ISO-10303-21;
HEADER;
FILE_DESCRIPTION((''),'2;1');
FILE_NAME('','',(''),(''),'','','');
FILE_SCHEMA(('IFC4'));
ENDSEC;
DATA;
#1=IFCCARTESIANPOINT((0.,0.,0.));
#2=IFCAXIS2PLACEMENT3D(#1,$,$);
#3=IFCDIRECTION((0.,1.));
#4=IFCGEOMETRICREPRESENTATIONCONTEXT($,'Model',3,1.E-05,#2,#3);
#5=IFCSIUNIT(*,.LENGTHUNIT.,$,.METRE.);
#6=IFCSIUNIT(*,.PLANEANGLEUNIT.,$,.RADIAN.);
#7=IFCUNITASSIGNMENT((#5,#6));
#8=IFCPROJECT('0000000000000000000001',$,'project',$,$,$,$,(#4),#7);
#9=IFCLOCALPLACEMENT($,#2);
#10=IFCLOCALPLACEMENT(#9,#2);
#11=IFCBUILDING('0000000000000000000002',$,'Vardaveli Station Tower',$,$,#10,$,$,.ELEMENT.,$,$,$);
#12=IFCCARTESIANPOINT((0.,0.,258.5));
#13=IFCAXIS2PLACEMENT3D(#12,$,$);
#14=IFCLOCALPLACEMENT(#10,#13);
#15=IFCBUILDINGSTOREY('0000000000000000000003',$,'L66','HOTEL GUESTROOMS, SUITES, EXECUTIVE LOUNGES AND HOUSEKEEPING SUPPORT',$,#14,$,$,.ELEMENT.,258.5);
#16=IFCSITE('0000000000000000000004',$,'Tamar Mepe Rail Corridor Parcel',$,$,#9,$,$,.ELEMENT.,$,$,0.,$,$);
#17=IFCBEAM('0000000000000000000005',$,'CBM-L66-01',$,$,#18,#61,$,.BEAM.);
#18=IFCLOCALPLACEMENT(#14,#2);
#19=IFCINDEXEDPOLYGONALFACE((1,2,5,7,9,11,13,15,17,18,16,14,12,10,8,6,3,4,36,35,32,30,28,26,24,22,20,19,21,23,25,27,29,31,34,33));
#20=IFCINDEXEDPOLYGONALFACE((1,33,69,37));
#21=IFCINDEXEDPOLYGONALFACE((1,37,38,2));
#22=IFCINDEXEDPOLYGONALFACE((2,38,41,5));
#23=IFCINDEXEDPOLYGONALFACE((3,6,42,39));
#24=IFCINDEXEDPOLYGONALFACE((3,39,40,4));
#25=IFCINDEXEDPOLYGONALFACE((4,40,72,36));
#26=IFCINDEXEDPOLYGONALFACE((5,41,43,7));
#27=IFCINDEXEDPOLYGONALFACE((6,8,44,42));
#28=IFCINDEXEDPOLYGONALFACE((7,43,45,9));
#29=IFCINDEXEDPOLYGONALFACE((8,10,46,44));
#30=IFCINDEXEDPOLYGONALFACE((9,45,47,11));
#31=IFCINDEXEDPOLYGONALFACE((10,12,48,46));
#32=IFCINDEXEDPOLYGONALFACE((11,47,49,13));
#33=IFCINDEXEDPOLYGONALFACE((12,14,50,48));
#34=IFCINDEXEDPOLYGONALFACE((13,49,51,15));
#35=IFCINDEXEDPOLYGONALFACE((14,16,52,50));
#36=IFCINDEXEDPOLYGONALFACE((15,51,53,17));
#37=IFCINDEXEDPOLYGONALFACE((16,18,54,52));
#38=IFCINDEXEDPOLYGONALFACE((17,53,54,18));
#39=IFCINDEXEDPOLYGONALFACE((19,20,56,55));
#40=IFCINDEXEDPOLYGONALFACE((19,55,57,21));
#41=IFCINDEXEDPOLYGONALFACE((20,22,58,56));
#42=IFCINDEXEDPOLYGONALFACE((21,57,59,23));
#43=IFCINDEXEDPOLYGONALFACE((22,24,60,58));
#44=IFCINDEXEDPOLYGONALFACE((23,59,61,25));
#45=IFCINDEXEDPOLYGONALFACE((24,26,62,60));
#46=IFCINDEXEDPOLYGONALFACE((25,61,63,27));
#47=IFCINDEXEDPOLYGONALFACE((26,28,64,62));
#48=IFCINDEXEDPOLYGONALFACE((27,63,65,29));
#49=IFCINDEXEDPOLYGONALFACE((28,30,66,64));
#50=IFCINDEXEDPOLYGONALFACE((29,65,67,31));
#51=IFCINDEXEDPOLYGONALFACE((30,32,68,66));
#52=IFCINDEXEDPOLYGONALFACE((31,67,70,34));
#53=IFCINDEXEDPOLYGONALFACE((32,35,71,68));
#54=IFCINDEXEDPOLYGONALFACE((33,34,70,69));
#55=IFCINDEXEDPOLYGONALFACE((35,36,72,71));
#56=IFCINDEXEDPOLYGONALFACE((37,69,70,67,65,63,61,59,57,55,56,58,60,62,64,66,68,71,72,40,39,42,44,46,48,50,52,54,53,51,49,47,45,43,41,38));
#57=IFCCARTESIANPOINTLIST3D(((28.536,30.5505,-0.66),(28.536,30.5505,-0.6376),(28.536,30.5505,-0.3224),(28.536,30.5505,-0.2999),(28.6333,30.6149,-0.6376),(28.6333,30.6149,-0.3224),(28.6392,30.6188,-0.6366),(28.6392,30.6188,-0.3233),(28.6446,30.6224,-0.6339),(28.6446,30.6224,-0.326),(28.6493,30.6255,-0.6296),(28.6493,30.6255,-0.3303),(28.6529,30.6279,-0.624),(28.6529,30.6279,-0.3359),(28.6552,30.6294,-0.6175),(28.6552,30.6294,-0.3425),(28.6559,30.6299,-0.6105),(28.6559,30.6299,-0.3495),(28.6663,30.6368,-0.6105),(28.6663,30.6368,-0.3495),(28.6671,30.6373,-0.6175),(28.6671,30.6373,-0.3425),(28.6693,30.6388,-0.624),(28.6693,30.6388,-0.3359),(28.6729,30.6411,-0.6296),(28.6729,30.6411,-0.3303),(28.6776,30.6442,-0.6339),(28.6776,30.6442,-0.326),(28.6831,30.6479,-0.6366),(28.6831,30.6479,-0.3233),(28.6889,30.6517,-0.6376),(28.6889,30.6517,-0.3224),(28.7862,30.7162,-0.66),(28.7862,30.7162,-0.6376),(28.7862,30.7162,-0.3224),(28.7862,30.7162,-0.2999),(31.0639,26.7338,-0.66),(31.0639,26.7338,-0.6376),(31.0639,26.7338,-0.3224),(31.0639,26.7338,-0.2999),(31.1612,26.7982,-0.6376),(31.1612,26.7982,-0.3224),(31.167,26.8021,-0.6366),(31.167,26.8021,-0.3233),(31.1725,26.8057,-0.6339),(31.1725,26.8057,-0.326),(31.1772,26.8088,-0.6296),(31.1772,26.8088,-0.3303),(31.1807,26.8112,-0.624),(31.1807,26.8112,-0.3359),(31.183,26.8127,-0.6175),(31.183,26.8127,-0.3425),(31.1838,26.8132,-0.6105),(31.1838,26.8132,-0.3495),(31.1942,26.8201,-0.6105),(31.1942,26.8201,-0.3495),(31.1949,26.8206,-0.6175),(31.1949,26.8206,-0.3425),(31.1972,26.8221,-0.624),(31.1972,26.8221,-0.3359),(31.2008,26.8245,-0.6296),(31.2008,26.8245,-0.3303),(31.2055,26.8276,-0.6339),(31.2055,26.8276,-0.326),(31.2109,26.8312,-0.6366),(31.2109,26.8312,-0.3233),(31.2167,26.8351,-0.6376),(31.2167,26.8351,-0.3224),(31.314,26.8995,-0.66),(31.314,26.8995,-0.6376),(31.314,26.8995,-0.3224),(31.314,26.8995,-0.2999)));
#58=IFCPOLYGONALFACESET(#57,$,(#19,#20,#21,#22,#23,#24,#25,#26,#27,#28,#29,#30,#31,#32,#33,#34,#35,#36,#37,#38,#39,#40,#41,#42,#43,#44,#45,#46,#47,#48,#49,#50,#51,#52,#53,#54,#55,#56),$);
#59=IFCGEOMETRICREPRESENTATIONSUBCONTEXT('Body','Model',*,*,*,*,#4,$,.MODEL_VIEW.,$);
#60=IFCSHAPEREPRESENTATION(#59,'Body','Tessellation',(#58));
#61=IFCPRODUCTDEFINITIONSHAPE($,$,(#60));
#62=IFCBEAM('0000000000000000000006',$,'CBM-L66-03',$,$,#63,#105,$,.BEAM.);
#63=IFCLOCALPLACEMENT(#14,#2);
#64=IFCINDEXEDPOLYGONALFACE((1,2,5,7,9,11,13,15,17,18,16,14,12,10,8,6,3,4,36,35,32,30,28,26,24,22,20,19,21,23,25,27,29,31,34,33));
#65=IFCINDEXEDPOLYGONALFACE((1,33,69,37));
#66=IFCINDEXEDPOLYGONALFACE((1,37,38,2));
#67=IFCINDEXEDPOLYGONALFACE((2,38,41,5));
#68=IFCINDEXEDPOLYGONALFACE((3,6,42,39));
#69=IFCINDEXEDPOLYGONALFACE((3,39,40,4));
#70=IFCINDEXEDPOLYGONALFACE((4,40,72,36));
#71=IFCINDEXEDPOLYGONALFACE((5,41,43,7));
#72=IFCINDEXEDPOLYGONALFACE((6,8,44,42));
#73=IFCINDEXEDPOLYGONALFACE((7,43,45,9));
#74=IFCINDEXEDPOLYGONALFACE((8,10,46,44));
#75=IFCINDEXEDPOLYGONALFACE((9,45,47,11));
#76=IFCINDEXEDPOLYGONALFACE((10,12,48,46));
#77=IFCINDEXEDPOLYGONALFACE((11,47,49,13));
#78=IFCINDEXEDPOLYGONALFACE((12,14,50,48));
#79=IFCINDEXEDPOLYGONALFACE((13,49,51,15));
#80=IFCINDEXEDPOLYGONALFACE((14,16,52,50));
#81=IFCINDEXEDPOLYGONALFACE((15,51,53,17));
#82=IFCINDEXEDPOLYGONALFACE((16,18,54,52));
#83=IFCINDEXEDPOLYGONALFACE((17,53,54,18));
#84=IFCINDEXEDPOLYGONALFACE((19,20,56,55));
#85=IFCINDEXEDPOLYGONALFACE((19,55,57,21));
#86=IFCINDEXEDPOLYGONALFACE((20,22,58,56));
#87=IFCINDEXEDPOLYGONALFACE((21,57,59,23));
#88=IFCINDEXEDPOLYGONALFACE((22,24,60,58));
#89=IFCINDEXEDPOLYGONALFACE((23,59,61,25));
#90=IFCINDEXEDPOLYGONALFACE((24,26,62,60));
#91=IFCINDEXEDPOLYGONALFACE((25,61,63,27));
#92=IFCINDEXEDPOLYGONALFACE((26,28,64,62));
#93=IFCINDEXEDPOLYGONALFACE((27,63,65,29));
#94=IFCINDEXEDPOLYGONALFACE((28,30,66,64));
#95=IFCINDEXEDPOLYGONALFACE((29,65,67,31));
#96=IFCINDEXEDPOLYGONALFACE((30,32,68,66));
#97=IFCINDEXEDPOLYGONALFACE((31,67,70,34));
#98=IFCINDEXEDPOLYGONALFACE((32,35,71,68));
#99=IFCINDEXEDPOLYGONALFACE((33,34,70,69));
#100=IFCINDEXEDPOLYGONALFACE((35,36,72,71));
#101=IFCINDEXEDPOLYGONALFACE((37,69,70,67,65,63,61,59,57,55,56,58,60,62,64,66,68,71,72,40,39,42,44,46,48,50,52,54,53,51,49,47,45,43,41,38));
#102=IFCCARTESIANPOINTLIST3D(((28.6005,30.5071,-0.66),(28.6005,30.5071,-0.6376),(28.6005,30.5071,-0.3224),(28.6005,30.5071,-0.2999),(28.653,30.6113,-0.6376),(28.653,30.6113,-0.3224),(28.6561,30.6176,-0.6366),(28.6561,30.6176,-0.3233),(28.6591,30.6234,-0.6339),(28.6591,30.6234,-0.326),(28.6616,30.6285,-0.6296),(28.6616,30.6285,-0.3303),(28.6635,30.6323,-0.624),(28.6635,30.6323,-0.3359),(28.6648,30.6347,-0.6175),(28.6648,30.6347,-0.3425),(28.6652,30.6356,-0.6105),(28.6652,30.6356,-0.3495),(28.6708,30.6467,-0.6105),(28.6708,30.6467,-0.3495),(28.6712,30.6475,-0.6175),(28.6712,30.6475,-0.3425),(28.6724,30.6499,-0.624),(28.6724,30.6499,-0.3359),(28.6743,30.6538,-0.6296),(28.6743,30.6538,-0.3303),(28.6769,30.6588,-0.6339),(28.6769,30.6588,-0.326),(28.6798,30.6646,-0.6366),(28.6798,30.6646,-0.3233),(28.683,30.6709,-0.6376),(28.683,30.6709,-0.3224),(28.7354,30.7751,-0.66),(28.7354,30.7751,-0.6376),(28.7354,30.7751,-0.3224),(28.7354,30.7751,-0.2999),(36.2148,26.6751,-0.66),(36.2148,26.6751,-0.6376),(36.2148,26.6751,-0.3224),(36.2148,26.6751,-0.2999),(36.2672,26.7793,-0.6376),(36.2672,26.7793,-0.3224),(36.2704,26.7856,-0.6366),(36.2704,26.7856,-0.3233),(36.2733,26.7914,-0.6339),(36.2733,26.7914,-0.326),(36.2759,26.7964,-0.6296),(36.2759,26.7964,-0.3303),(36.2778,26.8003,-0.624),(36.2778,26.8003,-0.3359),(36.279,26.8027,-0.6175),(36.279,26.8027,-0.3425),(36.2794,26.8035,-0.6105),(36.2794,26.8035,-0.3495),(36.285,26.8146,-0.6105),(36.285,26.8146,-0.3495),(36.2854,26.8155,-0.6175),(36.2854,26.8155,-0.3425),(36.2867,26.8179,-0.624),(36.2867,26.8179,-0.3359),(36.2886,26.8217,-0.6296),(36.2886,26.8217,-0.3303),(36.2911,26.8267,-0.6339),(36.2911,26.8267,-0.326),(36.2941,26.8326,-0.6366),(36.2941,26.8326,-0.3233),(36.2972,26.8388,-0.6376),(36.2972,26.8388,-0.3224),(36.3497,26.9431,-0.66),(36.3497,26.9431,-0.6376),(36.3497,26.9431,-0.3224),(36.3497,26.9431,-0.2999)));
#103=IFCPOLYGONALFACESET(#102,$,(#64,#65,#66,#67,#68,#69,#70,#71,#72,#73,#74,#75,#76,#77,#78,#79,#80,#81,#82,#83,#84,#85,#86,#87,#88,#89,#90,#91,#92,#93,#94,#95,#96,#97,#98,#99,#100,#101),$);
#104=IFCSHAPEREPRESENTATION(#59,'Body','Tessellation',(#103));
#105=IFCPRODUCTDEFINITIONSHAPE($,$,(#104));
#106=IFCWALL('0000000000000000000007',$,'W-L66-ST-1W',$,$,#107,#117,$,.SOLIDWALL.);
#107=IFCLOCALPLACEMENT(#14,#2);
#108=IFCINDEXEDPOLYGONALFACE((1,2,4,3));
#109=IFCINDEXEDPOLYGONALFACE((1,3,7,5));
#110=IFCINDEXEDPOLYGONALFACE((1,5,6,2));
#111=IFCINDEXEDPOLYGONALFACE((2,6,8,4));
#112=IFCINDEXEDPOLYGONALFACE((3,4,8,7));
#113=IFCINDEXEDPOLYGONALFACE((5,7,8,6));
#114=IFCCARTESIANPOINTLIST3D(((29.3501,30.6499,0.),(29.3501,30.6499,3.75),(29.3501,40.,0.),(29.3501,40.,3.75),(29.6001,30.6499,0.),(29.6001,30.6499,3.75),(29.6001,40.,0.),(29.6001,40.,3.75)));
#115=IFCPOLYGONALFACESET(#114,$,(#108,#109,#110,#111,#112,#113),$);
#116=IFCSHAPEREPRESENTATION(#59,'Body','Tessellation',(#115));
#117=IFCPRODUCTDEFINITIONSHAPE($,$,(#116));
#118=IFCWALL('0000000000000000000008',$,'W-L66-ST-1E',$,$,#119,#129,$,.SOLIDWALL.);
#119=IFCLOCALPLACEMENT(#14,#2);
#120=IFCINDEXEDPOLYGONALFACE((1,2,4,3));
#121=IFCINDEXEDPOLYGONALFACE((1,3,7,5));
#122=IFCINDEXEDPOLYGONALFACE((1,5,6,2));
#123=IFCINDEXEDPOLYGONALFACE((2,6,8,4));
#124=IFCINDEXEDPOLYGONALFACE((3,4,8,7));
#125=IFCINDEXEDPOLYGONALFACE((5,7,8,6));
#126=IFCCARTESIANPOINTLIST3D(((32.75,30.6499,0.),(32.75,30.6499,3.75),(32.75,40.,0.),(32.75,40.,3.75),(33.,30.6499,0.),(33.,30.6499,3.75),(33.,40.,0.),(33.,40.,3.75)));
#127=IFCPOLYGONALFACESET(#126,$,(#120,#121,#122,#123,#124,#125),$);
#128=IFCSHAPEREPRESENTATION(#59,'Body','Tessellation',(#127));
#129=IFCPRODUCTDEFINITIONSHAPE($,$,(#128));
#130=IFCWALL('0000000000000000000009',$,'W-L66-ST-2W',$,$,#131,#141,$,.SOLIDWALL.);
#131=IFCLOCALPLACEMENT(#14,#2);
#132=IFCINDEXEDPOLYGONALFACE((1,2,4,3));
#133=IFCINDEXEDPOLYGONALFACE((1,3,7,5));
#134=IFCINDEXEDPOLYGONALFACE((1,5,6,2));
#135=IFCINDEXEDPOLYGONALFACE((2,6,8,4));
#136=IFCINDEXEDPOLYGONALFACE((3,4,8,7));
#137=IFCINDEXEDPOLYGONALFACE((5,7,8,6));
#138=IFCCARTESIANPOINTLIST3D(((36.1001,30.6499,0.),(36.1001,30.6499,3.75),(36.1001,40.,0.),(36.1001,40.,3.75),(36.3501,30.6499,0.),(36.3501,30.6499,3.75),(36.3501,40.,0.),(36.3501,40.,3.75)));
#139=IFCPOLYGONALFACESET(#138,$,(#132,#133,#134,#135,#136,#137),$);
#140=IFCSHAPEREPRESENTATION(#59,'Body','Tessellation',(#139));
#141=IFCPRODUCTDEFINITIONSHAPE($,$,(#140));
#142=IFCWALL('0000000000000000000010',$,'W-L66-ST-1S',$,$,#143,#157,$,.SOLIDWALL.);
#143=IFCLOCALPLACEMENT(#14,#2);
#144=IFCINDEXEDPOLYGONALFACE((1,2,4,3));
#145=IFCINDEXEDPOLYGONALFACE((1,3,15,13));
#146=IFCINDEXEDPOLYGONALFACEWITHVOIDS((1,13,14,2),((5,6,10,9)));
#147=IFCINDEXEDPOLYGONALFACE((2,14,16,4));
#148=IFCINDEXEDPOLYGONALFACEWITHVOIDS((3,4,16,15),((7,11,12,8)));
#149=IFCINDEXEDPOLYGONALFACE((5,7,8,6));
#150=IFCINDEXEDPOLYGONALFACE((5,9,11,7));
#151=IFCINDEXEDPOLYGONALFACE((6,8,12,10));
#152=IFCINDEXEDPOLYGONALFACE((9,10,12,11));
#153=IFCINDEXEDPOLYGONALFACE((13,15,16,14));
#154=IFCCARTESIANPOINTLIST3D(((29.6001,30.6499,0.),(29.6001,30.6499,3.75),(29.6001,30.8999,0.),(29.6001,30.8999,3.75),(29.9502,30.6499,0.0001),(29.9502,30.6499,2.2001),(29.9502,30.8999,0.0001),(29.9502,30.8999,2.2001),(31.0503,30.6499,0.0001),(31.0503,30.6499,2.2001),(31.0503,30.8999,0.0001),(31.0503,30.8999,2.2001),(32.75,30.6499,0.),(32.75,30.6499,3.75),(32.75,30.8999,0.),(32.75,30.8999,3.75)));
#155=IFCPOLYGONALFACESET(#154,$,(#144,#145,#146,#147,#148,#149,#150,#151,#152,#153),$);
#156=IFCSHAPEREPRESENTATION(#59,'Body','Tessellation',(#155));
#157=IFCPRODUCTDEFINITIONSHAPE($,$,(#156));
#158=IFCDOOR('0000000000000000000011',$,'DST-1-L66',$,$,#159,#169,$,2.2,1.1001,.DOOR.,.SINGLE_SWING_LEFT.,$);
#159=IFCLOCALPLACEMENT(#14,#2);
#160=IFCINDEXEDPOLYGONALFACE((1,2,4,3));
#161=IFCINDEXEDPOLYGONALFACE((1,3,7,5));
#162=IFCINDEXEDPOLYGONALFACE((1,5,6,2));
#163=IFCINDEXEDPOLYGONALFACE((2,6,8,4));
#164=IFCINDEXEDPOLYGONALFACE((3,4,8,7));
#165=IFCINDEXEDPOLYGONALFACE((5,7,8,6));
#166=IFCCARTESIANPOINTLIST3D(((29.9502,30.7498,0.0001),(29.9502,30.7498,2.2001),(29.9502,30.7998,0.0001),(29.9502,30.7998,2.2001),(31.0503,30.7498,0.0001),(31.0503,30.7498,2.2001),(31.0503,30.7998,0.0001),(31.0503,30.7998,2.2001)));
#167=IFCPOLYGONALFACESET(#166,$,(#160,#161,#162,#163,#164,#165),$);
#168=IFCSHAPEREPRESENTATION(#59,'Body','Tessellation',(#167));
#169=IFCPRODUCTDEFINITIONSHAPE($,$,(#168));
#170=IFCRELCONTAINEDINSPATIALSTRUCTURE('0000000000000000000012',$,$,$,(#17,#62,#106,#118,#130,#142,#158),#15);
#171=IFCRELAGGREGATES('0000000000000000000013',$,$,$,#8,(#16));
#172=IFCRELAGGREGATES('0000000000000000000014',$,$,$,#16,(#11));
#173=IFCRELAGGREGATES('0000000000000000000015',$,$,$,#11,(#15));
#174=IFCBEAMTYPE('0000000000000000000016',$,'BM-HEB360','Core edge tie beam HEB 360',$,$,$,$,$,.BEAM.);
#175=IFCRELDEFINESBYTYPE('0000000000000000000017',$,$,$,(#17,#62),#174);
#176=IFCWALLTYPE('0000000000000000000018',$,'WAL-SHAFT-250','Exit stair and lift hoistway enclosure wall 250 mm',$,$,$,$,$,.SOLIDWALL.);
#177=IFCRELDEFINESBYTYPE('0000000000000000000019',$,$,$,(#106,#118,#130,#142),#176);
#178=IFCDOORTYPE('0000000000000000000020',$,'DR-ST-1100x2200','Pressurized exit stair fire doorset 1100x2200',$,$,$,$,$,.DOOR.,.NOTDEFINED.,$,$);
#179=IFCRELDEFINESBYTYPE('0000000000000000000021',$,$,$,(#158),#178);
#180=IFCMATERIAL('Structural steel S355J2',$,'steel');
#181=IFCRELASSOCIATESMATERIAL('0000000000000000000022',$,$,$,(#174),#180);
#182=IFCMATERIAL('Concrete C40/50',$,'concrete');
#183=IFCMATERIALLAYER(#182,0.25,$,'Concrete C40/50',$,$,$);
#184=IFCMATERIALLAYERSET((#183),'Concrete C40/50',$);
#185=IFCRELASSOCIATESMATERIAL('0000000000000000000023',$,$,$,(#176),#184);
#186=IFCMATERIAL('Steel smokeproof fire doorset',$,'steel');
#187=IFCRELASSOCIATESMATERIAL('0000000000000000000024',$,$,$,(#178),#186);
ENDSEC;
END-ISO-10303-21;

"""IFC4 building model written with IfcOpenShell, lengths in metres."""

from ifc_helpers import new_model, si_unit, direction, frame, frame_2d, origin, origin_2d, place, context, subcontext, project, spatial, rectangle, i_section, extrude, source, transform, mapped, material, layer, layer_set, material_profile, profile_set, type_object, element, fill, save


model = new_model("IFC4")

# Units and contexts
model_context = context("Model", 3, precision=1e-05, world=origin(), true_north=direction((0.0, 1.0)))
body_context = subcontext(model_context, "Body", "Model", "MODEL_VIEW")
ifc_project = project(units=[si_unit("LENGTHUNIT", "METRE"), si_unit("PLANEANGLEUNIT", "RADIAN")], contexts=[model_context])

# Site, building, storey
site_placement = place(None, origin())
site = spatial("IfcSite", under=ifc_project, at=site_placement, Name="Tamar Mepe Rail Corridor Parcel", CompositionType="ELEMENT", RefElevation=0.0)
building_placement = place(site_placement, origin())
building = spatial("IfcBuilding", under=site, at=building_placement, Name="Vardaveli Station Tower", CompositionType="ELEMENT")
storey_placement = place(building_placement, frame((0.0, 0.0, 258.5)))
storey = spatial("IfcBuildingStorey", under=building, at=storey_placement, Name="L66", Description="HOTEL GUESTROOMS, SUITES, EXECUTIVE LOUNGES AND HOUSEKEEPING SUPPORT", CompositionType="ELEMENT", Elevation=258.5)

# Beams
ifc_material_1 = material(Name="Structural steel S355J2", Category="steel")
ifc_material_profile_1 = material_profile(ifc_material_1, i_section(OverallWidth=0.3, OverallDepth=0.3601, WebThickness=0.0125, FlangeThickness=0.0225, FilletRadius=0.0271, at=origin_2d()), Name="HEB 360")
ifc_profile_set_1 = profile_set([ifc_material_profile_1], Name="Structural steel S355J2")
beam_type_1 = type_object("IfcBeamType", Name="BM-HEB360", Description="Core edge tie beam HEB 360", PredefinedType="BEAM", material=ifc_profile_set_1)
shared_shape_1 = source(origin(), body_context, "Body", "SweptSolid", [
    extrude(i_section(OverallWidth=0.3, OverallDepth=0.3601, WebThickness=0.0125, FlangeThickness=0.0225, FilletRadius=0.0271, at=origin_2d()), origin(), (0.0, 0.0, 1.0), 4.5779),
])
beam_1_placement = place(storey_placement, frame((31.189, 26.8167, -0.48), z_axis=(-0.552187, 0.83372, 0.0), x_axis=(-0.83372, -0.552187, 0.0)))
element("IfcBeam", 1, at=beam_1_placement, inside=storey, type_object=beam_type_1, Name="CBM-L66-01", PredefinedType="BEAM", context=body_context, shape_type="MappedRepresentation", body=[
    mapped(shared_shape_1, transform((0.0, 0.0, 0.0), scale=1.0)),
])
shared_shape_2 = source(origin(), body_context, "Body", "SweptSolid", [
    extrude(i_section(OverallWidth=0.3, OverallDepth=0.3601, WebThickness=0.0125, FlangeThickness=0.0225, FilletRadius=0.0271, at=origin_2d()), origin(), (0.0, 0.0, 1.0), 8.5242),
])
beam_2_placement = place(storey_placement, frame((28.668, 30.6411, -0.48), z_axis=(0.893256, -0.449549, 0.0), x_axis=(0.449549, 0.893256, 0.0)))
element("IfcBeam", 2, at=beam_2_placement, inside=storey, type_object=beam_type_1, Name="CBM-L66-03", PredefinedType="BEAM", context=body_context, shape_type="MappedRepresentation", body=[
    mapped(shared_shape_2, transform((0.0, 0.0, 0.0), scale=1.0)),
])

# Walls
ifc_material_2 = material(Name="Concrete C40/50", Category="concrete")
ifc_layer_1 = layer(ifc_material_2, 0.25, Name="Concrete C40/50")
ifc_layer_set_1 = layer_set([ifc_layer_1], Name="Concrete C40/50")
wall_type_1 = type_object("IfcWallType", Name="WAL-SHAFT-250", Description="Exit stair and lift hoistway enclosure wall 250 mm", PredefinedType="SOLIDWALL", material=ifc_layer_set_1)
shared_shape_3 = source(origin(), body_context, "Body", "SweptSolid", [
    extrude(rectangle(XDim=9.3501, YDim=0.25, at=frame_2d((4.675, 0.0))), origin(), (0.0, 0.0, 1.0), 3.75),
])
for number, where, z_axis, x_axis, name in (
    (3, (29.4751, 30.6499, 0.0), (0.0, 0.0, 1.0), (0.0, 1.0, 0.0), "W-L66-ST-1W"),
    (4, (32.875, 30.6499, 0.0), (0.0, 0.0, 1.0), (0.0, 1.0, 0.0), "W-L66-ST-1E"),
    (5, (36.2251, 30.6499, 0.0), (0.0, 0.0, 1.0), (0.0, 1.0, 0.0), "W-L66-ST-2W"),
):
    element("IfcWall", number, at=place(storey_placement, frame(where, z_axis=z_axis, x_axis=x_axis)), inside=storey, type_object=wall_type_1, Name=name, PredefinedType="SOLIDWALL", context=body_context, shape_type="MappedRepresentation", body=[
        mapped(shared_shape_3, transform((0.0, 0.0, 0.0), scale=1.0)),
    ])

# Wall, opening, door
shared_shape_4 = source(origin(), body_context, "Body", "SweptSolid", [
    extrude(rectangle(XDim=3.1499, YDim=0.25, at=frame_2d((1.575, 0.0))), origin(), (0.0, 0.0, 1.0), 3.75),
])
wall_1_placement = place(storey_placement, frame((29.6001, 30.7749, 0.0), z_axis=(0.0, 0.0, 1.0), x_axis=(1.0, 0.0, 0.0)))
wall_1 = element("IfcWall", 6, at=wall_1_placement, inside=storey, type_object=wall_type_1, Name="W-L66-ST-1S", PredefinedType="SOLIDWALL", context=body_context, shape_type="MappedRepresentation", body=[
    mapped(shared_shape_4, transform((0.0, 0.0, 0.0), scale=1.0)),
])
shared_shape_5 = source(origin(), body_context, "Body", "SweptSolid", [
    extrude(rectangle(XDim=1.1001, YDim=2.2, at=frame_2d((0.55, 1.1001))), frame((0.0, 0.135, 0.0), z_axis=(0.0, -1.0, 0.0), x_axis=(1.0, 0.0, 0.0)), (0.0, 0.0, 1.0), 0.27),
])
opening_1_placement = place(wall_1_placement, frame((0.3501, 0.0, 0.0)))
opening_1 = element("IfcOpeningElement", 7, at=opening_1_placement, cuts=wall_1, PredefinedType="OPENING", context=body_context, shape_type="MappedRepresentation", body=[
    mapped(shared_shape_5, transform((0.0, 0.0, 0.0), scale=1.0)),
])
ifc_material_3 = material(Name="Steel smokeproof fire doorset", Category="steel")
door_type_1 = type_object("IfcDoorType", Name="DR-ST-1100x2200", Description="Pressurized exit stair fire doorset 1100x2200", OperationType="NOTDEFINED", PredefinedType="DOOR", material=ifc_material_3)
shared_shape_6 = source(origin(), body_context, "Body", "SweptSolid", [
    extrude(rectangle(XDim=1.1001, YDim=2.2, at=frame_2d((0.55, 1.1001))), frame((0.0, 0.0249, 0.0), z_axis=(0.0, -1.0, 0.0), x_axis=(1.0, 0.0, 0.0)), (0.0, 0.0, 1.0), 0.05),
])
door_1_placement = place(opening_1_placement, origin())
door_1 = element("IfcDoor", 8, at=door_1_placement, inside=storey, type_object=door_type_1, Name="DST-1-L66", OperationType="SINGLE_SWING_LEFT", OverallHeight=2.2, OverallWidth=1.1001, PredefinedType="DOOR", context=body_context, shape_type="MappedRepresentation", body=[
    mapped(shared_shape_6, transform((0.0, 0.0, 0.0), scale=1.0)),
])
fill(opening_1, door_1)

save(model, "model.ifc")
